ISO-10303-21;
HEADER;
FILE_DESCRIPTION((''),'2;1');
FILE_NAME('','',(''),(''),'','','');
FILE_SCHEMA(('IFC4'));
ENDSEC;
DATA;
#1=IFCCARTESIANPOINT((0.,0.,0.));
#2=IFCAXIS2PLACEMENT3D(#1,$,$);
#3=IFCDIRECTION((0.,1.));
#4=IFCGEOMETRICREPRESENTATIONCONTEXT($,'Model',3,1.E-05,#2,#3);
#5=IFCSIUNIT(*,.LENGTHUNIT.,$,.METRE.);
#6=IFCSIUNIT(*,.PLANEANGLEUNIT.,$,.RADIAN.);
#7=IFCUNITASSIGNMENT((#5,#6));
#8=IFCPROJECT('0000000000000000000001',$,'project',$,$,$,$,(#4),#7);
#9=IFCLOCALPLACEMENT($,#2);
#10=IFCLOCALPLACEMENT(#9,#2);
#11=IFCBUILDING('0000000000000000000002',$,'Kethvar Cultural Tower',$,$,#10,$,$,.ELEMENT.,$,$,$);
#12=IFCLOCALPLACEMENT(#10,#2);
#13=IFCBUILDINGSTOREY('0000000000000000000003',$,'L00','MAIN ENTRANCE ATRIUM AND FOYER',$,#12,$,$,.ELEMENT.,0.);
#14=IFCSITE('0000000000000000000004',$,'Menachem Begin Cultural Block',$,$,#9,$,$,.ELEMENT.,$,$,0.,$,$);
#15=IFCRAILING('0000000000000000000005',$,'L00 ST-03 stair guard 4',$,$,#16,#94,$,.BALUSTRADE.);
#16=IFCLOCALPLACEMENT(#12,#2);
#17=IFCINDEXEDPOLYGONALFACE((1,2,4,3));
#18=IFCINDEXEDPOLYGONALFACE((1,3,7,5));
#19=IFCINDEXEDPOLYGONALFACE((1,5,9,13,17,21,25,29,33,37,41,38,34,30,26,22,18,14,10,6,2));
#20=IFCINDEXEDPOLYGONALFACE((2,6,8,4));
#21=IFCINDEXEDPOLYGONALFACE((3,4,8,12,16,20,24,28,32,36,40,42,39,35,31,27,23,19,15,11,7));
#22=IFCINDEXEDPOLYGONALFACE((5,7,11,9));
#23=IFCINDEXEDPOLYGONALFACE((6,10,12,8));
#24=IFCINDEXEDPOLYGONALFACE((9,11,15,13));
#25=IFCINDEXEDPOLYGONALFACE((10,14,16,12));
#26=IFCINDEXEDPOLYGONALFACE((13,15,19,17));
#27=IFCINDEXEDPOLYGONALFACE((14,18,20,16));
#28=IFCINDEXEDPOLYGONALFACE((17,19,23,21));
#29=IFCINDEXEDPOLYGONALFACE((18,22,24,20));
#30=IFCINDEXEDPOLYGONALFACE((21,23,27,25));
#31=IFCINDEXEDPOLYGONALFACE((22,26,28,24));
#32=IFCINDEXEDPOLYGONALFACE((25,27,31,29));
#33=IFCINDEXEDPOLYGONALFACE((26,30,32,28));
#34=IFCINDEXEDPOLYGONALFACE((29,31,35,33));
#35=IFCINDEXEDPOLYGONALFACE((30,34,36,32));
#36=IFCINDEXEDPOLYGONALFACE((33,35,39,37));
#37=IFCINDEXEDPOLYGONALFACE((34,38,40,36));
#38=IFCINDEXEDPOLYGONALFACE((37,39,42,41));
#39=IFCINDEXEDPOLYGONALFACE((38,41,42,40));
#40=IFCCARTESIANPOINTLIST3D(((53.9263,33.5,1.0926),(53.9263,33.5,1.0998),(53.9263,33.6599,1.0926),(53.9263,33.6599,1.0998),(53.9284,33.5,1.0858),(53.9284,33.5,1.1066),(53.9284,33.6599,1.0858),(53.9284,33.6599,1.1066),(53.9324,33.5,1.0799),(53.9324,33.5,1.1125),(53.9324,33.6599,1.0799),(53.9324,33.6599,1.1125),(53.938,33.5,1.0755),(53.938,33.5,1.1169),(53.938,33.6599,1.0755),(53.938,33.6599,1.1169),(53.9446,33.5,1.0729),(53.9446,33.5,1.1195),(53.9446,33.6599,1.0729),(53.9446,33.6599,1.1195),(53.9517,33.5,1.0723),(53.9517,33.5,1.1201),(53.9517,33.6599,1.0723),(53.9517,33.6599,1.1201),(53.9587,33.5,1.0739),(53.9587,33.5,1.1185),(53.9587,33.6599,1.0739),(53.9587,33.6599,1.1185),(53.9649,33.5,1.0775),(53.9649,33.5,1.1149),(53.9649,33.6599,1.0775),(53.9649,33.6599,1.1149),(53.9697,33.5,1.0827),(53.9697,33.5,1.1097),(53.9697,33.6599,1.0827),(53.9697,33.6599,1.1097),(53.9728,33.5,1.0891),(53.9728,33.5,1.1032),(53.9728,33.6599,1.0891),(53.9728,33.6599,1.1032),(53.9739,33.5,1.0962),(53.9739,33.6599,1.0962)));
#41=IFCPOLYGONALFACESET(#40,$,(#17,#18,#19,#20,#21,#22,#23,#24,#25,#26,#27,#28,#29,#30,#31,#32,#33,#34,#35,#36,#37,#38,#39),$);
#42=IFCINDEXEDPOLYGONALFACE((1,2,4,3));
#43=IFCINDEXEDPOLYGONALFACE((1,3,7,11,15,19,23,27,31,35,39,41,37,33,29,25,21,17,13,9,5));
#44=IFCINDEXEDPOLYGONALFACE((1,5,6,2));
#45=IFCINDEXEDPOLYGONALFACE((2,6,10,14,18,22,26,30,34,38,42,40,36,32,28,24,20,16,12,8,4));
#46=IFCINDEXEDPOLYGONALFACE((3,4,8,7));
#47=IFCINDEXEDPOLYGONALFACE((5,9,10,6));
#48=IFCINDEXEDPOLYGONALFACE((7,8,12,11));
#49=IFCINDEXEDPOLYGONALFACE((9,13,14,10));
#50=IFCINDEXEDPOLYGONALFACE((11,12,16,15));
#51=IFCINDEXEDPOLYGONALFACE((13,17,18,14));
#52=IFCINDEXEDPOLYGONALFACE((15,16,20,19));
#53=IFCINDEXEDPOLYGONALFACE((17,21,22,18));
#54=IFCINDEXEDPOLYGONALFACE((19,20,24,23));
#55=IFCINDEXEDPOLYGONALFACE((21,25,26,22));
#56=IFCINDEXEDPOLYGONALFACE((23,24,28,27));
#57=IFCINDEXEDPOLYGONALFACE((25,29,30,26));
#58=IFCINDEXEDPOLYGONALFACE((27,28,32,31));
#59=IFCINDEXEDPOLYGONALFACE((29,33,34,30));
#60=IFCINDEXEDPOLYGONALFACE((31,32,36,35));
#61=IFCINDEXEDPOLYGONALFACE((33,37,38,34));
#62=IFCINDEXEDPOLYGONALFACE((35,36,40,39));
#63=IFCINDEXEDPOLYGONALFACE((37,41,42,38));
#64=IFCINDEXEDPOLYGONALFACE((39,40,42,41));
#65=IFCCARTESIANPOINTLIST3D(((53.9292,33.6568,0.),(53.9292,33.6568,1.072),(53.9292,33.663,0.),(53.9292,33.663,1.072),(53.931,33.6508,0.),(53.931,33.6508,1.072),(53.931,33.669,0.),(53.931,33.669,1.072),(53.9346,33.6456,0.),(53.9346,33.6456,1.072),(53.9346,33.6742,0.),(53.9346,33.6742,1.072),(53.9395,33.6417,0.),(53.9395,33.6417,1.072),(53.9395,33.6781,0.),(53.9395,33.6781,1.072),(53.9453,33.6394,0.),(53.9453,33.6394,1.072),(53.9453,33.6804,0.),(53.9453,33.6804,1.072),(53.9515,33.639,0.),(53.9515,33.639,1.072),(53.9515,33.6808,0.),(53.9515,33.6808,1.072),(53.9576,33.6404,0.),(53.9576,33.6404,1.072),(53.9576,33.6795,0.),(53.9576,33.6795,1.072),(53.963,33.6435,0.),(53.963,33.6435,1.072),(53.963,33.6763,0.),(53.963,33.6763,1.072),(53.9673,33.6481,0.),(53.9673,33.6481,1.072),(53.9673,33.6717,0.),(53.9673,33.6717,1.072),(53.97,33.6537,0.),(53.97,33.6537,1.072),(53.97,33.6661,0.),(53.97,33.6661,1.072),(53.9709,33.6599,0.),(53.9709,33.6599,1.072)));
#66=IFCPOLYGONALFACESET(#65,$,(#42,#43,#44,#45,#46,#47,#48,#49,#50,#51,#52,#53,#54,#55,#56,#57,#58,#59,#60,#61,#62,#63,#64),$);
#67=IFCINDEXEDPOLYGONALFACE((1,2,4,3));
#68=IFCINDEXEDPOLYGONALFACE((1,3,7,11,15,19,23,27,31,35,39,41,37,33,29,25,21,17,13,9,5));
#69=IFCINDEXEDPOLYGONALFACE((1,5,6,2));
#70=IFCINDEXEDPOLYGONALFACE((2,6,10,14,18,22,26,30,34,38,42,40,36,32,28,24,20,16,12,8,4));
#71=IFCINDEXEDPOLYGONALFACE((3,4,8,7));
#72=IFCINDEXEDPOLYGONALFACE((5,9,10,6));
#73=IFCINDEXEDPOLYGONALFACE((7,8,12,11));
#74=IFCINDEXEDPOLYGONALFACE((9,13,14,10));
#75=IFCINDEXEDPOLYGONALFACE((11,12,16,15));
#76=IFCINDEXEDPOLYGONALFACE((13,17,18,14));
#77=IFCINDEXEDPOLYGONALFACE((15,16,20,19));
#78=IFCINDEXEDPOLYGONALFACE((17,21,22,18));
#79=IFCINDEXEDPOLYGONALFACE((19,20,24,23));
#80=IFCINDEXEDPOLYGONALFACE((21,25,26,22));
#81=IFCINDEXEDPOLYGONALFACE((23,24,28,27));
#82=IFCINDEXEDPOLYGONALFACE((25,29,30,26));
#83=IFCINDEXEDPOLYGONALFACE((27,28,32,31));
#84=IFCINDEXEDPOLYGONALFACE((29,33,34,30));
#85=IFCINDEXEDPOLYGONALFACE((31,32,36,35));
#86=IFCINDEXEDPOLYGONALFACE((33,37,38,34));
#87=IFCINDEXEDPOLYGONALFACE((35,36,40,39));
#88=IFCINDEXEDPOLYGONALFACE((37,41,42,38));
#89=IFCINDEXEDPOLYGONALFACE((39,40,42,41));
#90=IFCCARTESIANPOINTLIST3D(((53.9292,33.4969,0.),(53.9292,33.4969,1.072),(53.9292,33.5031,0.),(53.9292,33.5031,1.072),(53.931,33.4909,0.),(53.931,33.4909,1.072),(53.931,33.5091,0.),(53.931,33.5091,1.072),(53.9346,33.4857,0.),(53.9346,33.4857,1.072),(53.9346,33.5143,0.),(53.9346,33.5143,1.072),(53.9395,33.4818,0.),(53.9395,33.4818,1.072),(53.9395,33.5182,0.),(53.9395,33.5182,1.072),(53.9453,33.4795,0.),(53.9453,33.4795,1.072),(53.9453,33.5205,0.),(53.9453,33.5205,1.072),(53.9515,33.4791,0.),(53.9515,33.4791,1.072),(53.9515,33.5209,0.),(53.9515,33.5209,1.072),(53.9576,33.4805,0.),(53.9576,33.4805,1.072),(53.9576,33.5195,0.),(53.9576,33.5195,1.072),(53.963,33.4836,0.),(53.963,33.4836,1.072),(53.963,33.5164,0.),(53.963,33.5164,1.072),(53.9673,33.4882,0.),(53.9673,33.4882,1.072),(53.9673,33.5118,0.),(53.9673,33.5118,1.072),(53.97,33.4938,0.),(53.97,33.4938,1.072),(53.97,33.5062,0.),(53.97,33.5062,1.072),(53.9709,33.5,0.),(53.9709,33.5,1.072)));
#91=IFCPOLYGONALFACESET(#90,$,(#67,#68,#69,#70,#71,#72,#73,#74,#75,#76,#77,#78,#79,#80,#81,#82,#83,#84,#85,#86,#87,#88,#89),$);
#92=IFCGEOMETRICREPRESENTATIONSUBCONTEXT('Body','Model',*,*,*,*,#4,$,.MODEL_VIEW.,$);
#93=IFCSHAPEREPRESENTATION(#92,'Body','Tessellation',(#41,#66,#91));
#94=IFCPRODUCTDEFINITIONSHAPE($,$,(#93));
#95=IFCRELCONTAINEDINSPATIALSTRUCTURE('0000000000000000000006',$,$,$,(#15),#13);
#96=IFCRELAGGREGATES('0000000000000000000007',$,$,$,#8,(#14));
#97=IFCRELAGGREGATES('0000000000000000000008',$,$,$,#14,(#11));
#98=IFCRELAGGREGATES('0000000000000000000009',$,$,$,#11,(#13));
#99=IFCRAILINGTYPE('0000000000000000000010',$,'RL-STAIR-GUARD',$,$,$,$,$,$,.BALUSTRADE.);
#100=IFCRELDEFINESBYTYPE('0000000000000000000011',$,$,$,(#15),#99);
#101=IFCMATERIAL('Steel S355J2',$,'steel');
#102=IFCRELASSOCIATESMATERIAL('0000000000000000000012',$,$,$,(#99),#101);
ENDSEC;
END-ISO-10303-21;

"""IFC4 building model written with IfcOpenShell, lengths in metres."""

from ifc_helpers import new_model, si_unit, direction, frame, origin, origin_2d, place, context, subcontext, project, spatial, circle, extrude, material, type_object, element, save


model = new_model("IFC4")

# Units and contexts
model_context = context("Model", 3, precision=1e-05, world=origin(), true_north=direction((0.0, 1.0)))
body_context = subcontext(model_context, "Body", "Model", "MODEL_VIEW")
ifc_project = project(units=[si_unit("LENGTHUNIT", "METRE"), si_unit("PLANEANGLEUNIT", "RADIAN")], contexts=[model_context])

# Site, building, storey
site_placement = place(None, origin())
site = spatial("IfcSite", under=ifc_project, at=site_placement, Name="Menachem Begin Cultural Block", CompositionType="ELEMENT", RefElevation=0.0)
building_placement = place(site_placement, origin())
building = spatial("IfcBuilding", under=site, at=building_placement, Name="Kethvar Cultural Tower", CompositionType="ELEMENT")
storey_placement = place(building_placement, origin())
storey = spatial("IfcBuildingStorey", under=building, at=storey_placement, Name="L00", Description="MAIN ENTRANCE ATRIUM AND FOYER", CompositionType="ELEMENT", Elevation=0.0)

# Shared definitions
ifc_material_1 = material(Name="Steel S355J2", Category="steel")

# Railing
railing_type_1 = type_object("IfcRailingType", Name="RL-STAIR-GUARD", PredefinedType="BALUSTRADE", material=ifc_material_1)
railing_1_placement = place(storey_placement, frame((53.95, 33.6599, 0.0)))
element("IfcRailing", 1, at=railing_1_placement, inside=storey, type_object=railing_type_1, Name="L00 ST-03 stair guard 4", PredefinedType="BALUSTRADE", context=body_context, shape_type="SweptSolid", body=[
    extrude(circle(Radius=0.0239, at=origin_2d()), frame((0.0, 0.0, 1.0962), z_axis=(0.0, -1.0, 0.0), x_axis=(1.0, 0.0, 0.0)), (0.0, 0.0, 1.0), 0.1599),
    extrude(circle(Radius=0.021, at=origin_2d()), origin(), (0.0, 0.0, 1.0), 1.072),
    extrude(circle(Radius=0.021, at=origin_2d()), frame((0.0, -0.1599, 0.0)), (0.0, 0.0, 1.0), 1.072),
])

save(model, "model.ifc")
